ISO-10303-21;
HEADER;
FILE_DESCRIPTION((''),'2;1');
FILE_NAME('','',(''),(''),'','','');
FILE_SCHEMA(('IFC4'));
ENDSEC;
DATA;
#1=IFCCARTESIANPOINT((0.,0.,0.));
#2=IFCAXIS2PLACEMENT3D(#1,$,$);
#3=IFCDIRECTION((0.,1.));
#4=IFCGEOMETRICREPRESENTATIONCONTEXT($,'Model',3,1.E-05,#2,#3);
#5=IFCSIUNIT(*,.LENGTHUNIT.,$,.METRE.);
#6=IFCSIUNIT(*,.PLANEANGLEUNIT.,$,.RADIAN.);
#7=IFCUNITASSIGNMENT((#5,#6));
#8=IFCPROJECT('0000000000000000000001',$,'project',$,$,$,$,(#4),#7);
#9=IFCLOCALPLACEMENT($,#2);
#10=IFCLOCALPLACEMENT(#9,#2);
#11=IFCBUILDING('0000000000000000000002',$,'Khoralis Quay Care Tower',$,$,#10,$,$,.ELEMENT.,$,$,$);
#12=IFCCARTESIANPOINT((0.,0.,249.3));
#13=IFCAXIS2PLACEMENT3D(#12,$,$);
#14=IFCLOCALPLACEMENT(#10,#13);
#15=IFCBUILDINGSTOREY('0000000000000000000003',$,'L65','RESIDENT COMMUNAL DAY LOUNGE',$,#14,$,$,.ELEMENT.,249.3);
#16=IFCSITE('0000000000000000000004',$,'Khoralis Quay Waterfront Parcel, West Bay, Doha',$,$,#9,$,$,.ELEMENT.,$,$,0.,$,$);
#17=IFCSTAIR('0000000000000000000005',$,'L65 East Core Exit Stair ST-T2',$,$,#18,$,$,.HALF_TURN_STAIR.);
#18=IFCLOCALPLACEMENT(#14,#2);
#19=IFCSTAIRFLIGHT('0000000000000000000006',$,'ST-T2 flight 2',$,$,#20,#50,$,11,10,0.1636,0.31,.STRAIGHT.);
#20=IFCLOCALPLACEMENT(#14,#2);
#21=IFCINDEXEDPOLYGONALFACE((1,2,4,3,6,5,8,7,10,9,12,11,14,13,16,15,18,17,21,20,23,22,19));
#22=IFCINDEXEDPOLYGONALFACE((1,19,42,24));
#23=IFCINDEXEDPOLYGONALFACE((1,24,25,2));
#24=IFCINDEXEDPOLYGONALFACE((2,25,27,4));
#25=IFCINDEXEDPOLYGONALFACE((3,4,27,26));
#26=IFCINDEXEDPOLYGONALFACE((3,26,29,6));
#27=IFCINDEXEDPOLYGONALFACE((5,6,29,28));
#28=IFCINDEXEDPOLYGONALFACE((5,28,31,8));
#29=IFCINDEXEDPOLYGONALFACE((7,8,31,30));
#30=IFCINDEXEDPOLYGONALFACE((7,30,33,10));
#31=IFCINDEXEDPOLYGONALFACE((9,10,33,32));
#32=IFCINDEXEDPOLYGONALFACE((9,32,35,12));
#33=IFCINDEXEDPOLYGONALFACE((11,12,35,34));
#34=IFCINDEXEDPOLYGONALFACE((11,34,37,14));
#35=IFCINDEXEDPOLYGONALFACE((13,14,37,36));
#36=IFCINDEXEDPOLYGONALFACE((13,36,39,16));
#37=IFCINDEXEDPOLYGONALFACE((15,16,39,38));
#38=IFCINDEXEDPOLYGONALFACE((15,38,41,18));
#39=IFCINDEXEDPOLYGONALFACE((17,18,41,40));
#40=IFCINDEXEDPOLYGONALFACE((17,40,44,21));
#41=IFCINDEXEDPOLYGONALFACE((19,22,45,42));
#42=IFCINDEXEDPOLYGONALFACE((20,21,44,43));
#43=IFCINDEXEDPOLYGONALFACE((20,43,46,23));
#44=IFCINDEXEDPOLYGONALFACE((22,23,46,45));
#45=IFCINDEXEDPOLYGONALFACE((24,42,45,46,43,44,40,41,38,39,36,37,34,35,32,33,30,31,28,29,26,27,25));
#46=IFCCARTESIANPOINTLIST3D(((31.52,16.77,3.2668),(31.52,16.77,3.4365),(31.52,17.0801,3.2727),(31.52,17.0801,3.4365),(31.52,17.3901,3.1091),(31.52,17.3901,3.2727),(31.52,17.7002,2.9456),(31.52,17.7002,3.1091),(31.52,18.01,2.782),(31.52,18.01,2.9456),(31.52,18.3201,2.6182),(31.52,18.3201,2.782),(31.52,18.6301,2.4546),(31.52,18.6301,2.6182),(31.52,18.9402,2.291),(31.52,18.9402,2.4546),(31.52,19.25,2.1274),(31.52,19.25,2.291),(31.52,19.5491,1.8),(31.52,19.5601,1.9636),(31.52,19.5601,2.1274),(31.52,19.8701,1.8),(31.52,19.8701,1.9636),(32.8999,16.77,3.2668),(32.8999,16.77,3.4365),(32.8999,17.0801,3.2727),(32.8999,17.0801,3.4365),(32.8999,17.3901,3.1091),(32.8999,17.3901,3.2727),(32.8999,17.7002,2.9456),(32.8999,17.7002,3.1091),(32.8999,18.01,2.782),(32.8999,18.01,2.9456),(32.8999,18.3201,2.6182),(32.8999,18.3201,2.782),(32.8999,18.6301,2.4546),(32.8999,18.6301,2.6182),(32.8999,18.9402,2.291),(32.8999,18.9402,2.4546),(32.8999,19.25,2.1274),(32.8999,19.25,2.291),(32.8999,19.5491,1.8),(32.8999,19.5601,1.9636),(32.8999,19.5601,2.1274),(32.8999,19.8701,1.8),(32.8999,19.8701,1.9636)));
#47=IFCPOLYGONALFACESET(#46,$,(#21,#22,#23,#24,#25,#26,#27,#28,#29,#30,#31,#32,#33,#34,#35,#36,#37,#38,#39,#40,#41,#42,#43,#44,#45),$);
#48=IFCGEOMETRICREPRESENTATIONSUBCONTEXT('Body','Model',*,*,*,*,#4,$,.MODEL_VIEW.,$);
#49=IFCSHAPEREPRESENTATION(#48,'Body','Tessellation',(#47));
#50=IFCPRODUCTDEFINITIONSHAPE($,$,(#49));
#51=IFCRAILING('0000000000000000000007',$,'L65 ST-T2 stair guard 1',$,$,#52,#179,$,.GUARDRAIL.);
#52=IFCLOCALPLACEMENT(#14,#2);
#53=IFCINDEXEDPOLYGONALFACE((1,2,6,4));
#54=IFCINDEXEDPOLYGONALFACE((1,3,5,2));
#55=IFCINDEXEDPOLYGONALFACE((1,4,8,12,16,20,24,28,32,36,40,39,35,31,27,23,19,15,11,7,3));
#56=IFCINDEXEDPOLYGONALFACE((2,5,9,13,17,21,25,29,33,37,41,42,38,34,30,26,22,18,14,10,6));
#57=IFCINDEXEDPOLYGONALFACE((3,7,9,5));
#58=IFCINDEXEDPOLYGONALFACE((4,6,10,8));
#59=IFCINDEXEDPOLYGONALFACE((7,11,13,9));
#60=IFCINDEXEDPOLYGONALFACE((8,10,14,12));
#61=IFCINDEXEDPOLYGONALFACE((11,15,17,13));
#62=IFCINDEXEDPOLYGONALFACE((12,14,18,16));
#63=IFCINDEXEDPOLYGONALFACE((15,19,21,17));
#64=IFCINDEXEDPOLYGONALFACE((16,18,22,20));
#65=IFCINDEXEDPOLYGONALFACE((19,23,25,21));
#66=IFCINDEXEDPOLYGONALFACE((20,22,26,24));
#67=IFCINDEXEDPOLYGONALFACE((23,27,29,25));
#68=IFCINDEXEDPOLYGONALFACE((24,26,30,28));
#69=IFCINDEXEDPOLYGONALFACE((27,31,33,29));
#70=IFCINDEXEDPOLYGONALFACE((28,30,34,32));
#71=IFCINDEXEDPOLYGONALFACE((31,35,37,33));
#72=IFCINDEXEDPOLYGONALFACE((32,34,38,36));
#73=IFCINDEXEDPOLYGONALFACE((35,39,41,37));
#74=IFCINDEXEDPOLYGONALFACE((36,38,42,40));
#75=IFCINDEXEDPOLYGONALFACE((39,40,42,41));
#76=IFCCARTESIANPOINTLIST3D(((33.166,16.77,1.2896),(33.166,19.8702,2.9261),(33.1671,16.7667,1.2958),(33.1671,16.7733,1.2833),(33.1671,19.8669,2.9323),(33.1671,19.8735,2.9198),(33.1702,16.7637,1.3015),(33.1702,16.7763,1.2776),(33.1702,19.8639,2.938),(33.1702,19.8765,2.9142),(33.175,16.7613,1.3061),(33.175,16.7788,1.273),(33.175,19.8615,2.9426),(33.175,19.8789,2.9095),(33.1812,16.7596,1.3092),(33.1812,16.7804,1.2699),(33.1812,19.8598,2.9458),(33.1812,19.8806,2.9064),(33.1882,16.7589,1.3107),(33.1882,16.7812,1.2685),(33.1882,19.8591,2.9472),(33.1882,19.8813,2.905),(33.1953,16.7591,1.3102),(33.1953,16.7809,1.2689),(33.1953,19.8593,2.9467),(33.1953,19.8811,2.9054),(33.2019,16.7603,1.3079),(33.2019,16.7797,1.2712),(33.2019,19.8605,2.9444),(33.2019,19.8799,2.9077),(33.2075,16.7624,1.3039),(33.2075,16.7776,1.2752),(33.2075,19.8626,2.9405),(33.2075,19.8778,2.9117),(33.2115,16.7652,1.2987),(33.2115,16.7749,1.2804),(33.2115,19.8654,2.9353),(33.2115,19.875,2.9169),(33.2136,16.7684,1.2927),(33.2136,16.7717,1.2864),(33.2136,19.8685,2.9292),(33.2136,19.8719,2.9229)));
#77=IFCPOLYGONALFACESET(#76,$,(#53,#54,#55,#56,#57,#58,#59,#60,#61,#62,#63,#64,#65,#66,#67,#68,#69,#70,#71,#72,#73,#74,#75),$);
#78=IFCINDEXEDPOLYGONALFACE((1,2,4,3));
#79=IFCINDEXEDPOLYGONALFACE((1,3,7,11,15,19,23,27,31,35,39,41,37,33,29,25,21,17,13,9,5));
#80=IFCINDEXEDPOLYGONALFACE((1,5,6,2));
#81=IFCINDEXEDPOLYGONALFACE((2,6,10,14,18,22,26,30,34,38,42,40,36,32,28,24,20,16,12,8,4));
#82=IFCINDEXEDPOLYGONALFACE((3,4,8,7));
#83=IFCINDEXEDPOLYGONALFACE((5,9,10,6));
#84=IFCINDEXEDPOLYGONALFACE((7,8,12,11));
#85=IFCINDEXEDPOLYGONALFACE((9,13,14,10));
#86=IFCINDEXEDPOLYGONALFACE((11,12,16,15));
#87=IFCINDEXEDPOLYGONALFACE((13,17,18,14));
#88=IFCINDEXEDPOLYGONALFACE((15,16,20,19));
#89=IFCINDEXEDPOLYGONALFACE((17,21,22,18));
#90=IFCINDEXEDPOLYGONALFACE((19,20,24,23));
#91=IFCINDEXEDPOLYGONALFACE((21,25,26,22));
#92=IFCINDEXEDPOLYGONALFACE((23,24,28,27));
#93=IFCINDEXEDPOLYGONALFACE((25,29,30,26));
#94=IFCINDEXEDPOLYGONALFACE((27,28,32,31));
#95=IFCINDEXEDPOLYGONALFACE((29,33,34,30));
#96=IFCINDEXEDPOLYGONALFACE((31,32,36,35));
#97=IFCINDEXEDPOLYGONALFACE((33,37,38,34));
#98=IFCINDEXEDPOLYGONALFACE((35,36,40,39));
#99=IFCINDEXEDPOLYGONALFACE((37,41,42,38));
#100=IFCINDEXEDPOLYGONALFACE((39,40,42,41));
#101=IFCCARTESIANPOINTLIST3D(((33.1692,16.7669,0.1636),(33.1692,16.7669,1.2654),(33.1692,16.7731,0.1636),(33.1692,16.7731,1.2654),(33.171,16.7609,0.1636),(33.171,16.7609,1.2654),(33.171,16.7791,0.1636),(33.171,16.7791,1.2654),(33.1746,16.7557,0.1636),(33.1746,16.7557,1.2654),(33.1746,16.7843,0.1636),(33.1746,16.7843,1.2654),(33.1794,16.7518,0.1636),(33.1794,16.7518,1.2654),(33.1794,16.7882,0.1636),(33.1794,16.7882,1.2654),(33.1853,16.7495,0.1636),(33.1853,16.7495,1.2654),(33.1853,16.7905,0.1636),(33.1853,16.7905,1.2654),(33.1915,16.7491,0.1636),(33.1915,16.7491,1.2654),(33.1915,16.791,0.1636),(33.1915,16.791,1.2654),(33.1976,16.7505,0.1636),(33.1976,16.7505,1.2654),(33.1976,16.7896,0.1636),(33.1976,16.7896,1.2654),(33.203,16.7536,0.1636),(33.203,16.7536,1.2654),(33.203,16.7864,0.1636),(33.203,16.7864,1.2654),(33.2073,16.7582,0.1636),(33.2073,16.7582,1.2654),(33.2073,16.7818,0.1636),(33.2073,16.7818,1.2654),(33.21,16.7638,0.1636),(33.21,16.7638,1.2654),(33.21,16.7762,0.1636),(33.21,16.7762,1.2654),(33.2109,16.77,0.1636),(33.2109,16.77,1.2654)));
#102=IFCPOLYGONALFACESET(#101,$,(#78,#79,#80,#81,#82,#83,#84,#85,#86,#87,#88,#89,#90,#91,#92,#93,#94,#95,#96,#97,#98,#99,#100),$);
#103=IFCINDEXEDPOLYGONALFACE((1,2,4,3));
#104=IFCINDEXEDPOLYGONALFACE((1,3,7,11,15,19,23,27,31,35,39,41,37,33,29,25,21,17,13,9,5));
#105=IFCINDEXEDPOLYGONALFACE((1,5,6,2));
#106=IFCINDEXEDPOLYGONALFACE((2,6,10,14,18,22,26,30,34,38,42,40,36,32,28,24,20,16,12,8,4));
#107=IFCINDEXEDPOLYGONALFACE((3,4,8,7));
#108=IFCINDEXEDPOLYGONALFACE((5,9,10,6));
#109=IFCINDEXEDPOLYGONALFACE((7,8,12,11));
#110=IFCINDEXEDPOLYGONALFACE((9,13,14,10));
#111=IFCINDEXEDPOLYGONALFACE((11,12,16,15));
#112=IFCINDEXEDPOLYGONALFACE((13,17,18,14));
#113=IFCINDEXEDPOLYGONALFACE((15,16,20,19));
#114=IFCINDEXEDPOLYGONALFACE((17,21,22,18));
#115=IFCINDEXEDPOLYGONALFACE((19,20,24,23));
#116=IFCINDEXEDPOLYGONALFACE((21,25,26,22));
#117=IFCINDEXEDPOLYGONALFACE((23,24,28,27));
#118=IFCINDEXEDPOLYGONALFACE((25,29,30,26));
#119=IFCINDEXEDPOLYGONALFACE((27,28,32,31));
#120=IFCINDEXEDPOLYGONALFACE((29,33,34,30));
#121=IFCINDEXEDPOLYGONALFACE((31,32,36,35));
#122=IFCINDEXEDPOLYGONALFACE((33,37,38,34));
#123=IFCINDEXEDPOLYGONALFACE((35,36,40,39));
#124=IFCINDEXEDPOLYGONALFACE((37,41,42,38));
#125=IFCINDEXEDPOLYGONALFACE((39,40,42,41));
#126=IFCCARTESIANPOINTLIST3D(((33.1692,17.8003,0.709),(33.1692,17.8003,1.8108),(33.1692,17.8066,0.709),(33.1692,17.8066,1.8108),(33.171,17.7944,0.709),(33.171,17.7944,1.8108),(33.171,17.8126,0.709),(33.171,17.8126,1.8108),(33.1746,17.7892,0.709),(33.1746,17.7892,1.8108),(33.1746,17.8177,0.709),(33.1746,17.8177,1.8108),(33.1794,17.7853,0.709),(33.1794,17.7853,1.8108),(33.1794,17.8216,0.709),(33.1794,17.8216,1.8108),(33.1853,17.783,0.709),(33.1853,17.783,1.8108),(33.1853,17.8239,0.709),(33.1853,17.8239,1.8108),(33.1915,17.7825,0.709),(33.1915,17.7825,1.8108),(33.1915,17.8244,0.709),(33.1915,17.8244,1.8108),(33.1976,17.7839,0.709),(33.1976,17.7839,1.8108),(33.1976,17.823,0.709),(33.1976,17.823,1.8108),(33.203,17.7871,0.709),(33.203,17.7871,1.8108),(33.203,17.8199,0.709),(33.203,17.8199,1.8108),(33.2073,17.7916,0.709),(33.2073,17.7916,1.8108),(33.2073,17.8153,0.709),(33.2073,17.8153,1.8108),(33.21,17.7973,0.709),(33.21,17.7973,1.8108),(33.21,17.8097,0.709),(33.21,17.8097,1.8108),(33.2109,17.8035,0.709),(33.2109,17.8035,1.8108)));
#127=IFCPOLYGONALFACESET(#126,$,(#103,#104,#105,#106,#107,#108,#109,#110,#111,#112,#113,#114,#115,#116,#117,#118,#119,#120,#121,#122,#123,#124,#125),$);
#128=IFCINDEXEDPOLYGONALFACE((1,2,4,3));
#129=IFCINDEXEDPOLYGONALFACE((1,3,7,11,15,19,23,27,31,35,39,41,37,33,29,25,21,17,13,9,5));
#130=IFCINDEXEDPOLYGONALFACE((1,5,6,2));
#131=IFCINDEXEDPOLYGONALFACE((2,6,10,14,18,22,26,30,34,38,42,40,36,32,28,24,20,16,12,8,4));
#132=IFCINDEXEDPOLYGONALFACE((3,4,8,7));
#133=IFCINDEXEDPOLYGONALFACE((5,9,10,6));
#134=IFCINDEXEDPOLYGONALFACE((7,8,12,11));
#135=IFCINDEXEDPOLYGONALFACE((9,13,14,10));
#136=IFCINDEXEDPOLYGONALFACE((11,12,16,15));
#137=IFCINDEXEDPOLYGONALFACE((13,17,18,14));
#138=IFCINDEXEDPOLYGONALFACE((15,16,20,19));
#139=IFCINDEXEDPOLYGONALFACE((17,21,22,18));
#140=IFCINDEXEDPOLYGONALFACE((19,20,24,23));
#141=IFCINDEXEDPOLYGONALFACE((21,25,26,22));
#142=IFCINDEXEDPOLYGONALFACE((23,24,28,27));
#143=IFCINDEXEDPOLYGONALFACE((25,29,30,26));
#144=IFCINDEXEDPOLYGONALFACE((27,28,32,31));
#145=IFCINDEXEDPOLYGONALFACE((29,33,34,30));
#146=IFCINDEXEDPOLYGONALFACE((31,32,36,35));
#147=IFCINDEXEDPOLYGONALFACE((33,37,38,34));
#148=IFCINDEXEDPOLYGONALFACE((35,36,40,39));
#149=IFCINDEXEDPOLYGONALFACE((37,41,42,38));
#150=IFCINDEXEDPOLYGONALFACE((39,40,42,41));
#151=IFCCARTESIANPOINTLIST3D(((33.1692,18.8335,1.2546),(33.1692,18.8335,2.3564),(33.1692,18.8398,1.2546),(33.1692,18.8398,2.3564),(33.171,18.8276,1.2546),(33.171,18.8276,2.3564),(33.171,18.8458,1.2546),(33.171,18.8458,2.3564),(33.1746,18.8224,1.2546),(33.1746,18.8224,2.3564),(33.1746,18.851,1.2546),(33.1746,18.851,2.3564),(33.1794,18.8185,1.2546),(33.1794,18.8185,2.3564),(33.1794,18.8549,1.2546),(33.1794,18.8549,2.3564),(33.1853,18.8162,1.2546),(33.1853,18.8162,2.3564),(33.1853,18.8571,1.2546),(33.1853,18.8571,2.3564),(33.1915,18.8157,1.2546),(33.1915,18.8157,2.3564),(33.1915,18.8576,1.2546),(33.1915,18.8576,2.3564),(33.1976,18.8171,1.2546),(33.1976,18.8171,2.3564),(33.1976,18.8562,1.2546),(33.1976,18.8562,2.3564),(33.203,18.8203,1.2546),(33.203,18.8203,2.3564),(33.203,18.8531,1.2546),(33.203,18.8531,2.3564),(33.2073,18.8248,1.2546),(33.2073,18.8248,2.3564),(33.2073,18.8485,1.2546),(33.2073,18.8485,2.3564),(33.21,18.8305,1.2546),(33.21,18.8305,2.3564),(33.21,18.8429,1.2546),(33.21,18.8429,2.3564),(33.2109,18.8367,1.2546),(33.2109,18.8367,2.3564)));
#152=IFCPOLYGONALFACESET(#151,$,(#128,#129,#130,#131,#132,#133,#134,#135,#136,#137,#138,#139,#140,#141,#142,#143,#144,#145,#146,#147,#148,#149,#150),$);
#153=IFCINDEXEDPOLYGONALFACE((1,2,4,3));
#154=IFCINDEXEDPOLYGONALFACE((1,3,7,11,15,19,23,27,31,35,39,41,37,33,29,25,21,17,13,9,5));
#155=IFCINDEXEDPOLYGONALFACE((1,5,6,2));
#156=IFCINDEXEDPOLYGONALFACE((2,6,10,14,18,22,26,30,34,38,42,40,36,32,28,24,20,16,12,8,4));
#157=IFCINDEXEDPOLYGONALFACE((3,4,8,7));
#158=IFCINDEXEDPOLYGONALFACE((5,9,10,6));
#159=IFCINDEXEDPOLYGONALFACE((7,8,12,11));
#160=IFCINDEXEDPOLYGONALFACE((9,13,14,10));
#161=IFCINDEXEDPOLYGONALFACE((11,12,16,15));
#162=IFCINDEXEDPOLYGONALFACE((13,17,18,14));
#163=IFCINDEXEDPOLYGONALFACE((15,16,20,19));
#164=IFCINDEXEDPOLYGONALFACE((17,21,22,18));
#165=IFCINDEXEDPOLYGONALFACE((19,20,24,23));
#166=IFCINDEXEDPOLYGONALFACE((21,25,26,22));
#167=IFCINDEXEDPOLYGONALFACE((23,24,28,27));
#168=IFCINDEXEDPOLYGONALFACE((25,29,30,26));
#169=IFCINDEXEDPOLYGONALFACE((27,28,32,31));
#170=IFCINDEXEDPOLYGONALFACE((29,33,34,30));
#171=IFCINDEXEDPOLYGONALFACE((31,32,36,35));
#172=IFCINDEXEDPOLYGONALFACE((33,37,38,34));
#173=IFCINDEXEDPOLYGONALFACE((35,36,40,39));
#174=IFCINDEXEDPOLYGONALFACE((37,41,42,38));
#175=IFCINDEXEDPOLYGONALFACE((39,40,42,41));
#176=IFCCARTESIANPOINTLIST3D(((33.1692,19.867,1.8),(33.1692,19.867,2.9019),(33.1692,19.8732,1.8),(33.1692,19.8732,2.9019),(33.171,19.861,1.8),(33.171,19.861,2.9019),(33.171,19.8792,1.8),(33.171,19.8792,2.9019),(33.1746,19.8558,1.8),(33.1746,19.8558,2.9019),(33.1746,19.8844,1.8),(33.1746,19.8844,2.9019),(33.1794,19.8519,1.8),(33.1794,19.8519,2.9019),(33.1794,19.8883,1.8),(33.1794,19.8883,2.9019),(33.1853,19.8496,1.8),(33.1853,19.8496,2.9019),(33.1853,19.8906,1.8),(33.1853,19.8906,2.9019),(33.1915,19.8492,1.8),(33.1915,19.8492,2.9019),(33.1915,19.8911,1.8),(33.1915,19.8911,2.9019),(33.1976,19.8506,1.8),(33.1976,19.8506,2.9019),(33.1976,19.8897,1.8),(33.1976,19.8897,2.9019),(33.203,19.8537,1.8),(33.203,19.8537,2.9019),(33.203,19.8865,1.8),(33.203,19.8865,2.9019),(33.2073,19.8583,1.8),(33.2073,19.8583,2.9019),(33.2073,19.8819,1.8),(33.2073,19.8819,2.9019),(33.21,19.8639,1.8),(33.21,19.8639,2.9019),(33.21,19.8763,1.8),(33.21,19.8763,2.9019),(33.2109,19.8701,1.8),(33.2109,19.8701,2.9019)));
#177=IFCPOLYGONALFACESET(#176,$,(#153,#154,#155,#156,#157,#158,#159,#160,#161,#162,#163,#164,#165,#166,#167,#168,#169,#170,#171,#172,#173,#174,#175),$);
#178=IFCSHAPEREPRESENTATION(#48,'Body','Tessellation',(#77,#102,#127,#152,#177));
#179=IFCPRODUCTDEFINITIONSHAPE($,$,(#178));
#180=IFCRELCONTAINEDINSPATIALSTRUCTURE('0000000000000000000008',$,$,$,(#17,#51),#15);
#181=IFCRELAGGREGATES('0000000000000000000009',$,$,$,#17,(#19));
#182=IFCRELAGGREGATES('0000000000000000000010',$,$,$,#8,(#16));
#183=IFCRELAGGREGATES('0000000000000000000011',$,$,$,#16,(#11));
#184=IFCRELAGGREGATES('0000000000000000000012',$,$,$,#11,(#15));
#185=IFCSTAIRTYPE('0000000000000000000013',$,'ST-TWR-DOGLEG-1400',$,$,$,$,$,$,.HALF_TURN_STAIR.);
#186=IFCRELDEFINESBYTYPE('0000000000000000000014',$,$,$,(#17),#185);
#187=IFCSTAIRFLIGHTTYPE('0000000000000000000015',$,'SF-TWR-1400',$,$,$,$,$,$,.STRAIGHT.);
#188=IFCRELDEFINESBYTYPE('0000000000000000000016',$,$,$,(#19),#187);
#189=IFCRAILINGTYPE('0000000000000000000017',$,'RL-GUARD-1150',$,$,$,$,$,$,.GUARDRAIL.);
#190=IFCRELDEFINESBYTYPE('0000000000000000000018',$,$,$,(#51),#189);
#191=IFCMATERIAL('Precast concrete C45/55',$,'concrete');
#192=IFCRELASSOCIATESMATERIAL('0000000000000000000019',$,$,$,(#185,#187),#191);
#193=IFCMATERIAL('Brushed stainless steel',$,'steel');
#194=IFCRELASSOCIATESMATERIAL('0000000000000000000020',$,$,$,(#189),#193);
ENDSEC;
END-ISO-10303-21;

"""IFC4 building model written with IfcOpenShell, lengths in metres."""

from ifc_helpers import new_model, si_unit, direction, frame, origin, origin_2d, place, context, subcontext, project, spatial, polyline, circle, outline, extrude, source, transform, mapped, material, type_object, element, aggregate, save


model = new_model("IFC4")

# Units and contexts
model_context = context("Model", 3, precision=1e-05, world=origin(), true_north=direction((0.0, 1.0)))
body_context = subcontext(model_context, "Body", "Model", "MODEL_VIEW")
ifc_project = project(units=[si_unit("LENGTHUNIT", "METRE"), si_unit("PLANEANGLEUNIT", "RADIAN")], contexts=[model_context])

# Site, building, storey
site_placement = place(None, origin())
site = spatial("IfcSite", under=ifc_project, at=site_placement, Name="Khoralis Quay Waterfront Parcel, West Bay, Doha", CompositionType="ELEMENT", RefElevation=0.0)
building_placement = place(site_placement, origin())
building = spatial("IfcBuilding", under=site, at=building_placement, Name="Khoralis Quay Care Tower", CompositionType="ELEMENT")
storey_placement = place(building_placement, frame((0.0, 0.0, 249.3)))
storey = spatial("IfcBuildingStorey", under=building, at=storey_placement, Name="L65", Description="RESIDENT COMMUNAL DAY LOUNGE", CompositionType="ELEMENT", Elevation=249.3)

# Shared definitions
ifc_material_1 = material(Name="Brushed stainless steel", Category="steel")

# Shared definitions
ifc_material_2 = material(Name="Precast concrete C45/55", Category="concrete")

# Stair, stair flight
stair_type = type_object("IfcStairType", Name="ST-TWR-DOGLEG-1400", PredefinedType="HALF_TURN_STAIR", material=ifc_material_2)
stair_placement = place(storey_placement, origin())
stair = element("IfcStair", 1, at=stair_placement, inside=storey, type_object=stair_type, Name="L65 East Core Exit Stair ST-T2", PredefinedType="HALF_TURN_STAIR")
stair_flight_type = type_object("IfcStairFlightType", Name="SF-TWR-1400", PredefinedType="STRAIGHT", material=ifc_material_2)
shared_shape_1 = source(origin(), body_context, "Body", "SweptSolid", [
    extrude(outline(polyline([(0.0, 0.0), (0.0, 0.1636), (0.3101, 0.1636), (0.3101, 0.3274), (0.6201, 0.3274), (0.6201, 0.491), (0.9299, 0.491), (0.9299, 0.6545), (1.24, 0.6545), (1.24, 0.8181), (1.55, 0.8181), (1.55, 0.9819), (1.8601, 0.9819), (1.8601, 1.1455), (2.1699, 1.1455), (2.1699, 1.3091), (2.48, 1.3091), (2.48, 1.4727), (2.79, 1.4727), (2.79, 1.6365), (3.1001, 1.6365), (3.1001, 1.8), (3.1001, 1.4668), (0.321, 0.0), (0.0, 0.0)])), frame((0.0, 0.6899, 0.0), z_axis=(0.0, -1.0, 0.0), x_axis=(1.0, 0.0, 0.0)), (0.0, 0.0, 1.0), 1.3799),
])
stair_flight_1_placement = place(storey_placement, frame((32.21, 19.8701, 1.8), z_axis=(0.0, 0.0, 1.0), x_axis=(0.0, -1.0, 0.0)))
stair_flight_1 = element("IfcStairFlight", 2, at=stair_flight_1_placement, type_object=stair_flight_type, Name="ST-T2 flight 2", NumberOfRisers=11, NumberOfTreads=10, PredefinedType="STRAIGHT", RiserHeight=0.1636, TreadLength=0.31, context=body_context, shape_type="MappedRepresentation", body=[
    mapped(shared_shape_1, transform((0.0, 0.0, 0.0), scale=1.0)),
])
aggregate(stair, [stair_flight_1])

# Railing
railing_type_1 = type_object("IfcRailingType", Name="RL-GUARD-1150", PredefinedType="GUARDRAIL", material=ifc_material_1)
railing_1_placement = place(storey_placement, frame((33.1899, 16.77, 0.1636)))
element("IfcRailing", 3, at=railing_1_placement, inside=storey, type_object=railing_type_1, Name="L65 ST-T2 stair guard 1", PredefinedType="GUARDRAIL", context=body_context, shape_type="SweptSolid", body=[
    extrude(circle(Radius=0.0239, at=origin_2d()), frame((0.0, 0.0, 1.126), z_axis=(0.0, 0.884348, 0.466828), x_axis=(-1.0, 0.0, 0.0)), (0.0, 0.0, 1.0), 3.5056),
    extrude(circle(Radius=0.021, at=origin_2d()), origin(), (0.0, 0.0, 1.0), 1.1018),
    extrude(circle(Radius=0.021, at=origin_2d()), frame((0.0, 1.0334, 0.5454)), (0.0, 0.0, 1.0), 1.1018),
    extrude(circle(Radius=0.021, at=origin_2d()), frame((0.0, 2.0667, 1.0911)), (0.0, 0.0, 1.0), 1.1018),
    extrude(circle(Radius=0.021, at=origin_2d()), frame((0.0, 3.1001, 1.6365)), (0.0, 0.0, 1.0), 1.1018),
])

save(model, "model.ifc")
